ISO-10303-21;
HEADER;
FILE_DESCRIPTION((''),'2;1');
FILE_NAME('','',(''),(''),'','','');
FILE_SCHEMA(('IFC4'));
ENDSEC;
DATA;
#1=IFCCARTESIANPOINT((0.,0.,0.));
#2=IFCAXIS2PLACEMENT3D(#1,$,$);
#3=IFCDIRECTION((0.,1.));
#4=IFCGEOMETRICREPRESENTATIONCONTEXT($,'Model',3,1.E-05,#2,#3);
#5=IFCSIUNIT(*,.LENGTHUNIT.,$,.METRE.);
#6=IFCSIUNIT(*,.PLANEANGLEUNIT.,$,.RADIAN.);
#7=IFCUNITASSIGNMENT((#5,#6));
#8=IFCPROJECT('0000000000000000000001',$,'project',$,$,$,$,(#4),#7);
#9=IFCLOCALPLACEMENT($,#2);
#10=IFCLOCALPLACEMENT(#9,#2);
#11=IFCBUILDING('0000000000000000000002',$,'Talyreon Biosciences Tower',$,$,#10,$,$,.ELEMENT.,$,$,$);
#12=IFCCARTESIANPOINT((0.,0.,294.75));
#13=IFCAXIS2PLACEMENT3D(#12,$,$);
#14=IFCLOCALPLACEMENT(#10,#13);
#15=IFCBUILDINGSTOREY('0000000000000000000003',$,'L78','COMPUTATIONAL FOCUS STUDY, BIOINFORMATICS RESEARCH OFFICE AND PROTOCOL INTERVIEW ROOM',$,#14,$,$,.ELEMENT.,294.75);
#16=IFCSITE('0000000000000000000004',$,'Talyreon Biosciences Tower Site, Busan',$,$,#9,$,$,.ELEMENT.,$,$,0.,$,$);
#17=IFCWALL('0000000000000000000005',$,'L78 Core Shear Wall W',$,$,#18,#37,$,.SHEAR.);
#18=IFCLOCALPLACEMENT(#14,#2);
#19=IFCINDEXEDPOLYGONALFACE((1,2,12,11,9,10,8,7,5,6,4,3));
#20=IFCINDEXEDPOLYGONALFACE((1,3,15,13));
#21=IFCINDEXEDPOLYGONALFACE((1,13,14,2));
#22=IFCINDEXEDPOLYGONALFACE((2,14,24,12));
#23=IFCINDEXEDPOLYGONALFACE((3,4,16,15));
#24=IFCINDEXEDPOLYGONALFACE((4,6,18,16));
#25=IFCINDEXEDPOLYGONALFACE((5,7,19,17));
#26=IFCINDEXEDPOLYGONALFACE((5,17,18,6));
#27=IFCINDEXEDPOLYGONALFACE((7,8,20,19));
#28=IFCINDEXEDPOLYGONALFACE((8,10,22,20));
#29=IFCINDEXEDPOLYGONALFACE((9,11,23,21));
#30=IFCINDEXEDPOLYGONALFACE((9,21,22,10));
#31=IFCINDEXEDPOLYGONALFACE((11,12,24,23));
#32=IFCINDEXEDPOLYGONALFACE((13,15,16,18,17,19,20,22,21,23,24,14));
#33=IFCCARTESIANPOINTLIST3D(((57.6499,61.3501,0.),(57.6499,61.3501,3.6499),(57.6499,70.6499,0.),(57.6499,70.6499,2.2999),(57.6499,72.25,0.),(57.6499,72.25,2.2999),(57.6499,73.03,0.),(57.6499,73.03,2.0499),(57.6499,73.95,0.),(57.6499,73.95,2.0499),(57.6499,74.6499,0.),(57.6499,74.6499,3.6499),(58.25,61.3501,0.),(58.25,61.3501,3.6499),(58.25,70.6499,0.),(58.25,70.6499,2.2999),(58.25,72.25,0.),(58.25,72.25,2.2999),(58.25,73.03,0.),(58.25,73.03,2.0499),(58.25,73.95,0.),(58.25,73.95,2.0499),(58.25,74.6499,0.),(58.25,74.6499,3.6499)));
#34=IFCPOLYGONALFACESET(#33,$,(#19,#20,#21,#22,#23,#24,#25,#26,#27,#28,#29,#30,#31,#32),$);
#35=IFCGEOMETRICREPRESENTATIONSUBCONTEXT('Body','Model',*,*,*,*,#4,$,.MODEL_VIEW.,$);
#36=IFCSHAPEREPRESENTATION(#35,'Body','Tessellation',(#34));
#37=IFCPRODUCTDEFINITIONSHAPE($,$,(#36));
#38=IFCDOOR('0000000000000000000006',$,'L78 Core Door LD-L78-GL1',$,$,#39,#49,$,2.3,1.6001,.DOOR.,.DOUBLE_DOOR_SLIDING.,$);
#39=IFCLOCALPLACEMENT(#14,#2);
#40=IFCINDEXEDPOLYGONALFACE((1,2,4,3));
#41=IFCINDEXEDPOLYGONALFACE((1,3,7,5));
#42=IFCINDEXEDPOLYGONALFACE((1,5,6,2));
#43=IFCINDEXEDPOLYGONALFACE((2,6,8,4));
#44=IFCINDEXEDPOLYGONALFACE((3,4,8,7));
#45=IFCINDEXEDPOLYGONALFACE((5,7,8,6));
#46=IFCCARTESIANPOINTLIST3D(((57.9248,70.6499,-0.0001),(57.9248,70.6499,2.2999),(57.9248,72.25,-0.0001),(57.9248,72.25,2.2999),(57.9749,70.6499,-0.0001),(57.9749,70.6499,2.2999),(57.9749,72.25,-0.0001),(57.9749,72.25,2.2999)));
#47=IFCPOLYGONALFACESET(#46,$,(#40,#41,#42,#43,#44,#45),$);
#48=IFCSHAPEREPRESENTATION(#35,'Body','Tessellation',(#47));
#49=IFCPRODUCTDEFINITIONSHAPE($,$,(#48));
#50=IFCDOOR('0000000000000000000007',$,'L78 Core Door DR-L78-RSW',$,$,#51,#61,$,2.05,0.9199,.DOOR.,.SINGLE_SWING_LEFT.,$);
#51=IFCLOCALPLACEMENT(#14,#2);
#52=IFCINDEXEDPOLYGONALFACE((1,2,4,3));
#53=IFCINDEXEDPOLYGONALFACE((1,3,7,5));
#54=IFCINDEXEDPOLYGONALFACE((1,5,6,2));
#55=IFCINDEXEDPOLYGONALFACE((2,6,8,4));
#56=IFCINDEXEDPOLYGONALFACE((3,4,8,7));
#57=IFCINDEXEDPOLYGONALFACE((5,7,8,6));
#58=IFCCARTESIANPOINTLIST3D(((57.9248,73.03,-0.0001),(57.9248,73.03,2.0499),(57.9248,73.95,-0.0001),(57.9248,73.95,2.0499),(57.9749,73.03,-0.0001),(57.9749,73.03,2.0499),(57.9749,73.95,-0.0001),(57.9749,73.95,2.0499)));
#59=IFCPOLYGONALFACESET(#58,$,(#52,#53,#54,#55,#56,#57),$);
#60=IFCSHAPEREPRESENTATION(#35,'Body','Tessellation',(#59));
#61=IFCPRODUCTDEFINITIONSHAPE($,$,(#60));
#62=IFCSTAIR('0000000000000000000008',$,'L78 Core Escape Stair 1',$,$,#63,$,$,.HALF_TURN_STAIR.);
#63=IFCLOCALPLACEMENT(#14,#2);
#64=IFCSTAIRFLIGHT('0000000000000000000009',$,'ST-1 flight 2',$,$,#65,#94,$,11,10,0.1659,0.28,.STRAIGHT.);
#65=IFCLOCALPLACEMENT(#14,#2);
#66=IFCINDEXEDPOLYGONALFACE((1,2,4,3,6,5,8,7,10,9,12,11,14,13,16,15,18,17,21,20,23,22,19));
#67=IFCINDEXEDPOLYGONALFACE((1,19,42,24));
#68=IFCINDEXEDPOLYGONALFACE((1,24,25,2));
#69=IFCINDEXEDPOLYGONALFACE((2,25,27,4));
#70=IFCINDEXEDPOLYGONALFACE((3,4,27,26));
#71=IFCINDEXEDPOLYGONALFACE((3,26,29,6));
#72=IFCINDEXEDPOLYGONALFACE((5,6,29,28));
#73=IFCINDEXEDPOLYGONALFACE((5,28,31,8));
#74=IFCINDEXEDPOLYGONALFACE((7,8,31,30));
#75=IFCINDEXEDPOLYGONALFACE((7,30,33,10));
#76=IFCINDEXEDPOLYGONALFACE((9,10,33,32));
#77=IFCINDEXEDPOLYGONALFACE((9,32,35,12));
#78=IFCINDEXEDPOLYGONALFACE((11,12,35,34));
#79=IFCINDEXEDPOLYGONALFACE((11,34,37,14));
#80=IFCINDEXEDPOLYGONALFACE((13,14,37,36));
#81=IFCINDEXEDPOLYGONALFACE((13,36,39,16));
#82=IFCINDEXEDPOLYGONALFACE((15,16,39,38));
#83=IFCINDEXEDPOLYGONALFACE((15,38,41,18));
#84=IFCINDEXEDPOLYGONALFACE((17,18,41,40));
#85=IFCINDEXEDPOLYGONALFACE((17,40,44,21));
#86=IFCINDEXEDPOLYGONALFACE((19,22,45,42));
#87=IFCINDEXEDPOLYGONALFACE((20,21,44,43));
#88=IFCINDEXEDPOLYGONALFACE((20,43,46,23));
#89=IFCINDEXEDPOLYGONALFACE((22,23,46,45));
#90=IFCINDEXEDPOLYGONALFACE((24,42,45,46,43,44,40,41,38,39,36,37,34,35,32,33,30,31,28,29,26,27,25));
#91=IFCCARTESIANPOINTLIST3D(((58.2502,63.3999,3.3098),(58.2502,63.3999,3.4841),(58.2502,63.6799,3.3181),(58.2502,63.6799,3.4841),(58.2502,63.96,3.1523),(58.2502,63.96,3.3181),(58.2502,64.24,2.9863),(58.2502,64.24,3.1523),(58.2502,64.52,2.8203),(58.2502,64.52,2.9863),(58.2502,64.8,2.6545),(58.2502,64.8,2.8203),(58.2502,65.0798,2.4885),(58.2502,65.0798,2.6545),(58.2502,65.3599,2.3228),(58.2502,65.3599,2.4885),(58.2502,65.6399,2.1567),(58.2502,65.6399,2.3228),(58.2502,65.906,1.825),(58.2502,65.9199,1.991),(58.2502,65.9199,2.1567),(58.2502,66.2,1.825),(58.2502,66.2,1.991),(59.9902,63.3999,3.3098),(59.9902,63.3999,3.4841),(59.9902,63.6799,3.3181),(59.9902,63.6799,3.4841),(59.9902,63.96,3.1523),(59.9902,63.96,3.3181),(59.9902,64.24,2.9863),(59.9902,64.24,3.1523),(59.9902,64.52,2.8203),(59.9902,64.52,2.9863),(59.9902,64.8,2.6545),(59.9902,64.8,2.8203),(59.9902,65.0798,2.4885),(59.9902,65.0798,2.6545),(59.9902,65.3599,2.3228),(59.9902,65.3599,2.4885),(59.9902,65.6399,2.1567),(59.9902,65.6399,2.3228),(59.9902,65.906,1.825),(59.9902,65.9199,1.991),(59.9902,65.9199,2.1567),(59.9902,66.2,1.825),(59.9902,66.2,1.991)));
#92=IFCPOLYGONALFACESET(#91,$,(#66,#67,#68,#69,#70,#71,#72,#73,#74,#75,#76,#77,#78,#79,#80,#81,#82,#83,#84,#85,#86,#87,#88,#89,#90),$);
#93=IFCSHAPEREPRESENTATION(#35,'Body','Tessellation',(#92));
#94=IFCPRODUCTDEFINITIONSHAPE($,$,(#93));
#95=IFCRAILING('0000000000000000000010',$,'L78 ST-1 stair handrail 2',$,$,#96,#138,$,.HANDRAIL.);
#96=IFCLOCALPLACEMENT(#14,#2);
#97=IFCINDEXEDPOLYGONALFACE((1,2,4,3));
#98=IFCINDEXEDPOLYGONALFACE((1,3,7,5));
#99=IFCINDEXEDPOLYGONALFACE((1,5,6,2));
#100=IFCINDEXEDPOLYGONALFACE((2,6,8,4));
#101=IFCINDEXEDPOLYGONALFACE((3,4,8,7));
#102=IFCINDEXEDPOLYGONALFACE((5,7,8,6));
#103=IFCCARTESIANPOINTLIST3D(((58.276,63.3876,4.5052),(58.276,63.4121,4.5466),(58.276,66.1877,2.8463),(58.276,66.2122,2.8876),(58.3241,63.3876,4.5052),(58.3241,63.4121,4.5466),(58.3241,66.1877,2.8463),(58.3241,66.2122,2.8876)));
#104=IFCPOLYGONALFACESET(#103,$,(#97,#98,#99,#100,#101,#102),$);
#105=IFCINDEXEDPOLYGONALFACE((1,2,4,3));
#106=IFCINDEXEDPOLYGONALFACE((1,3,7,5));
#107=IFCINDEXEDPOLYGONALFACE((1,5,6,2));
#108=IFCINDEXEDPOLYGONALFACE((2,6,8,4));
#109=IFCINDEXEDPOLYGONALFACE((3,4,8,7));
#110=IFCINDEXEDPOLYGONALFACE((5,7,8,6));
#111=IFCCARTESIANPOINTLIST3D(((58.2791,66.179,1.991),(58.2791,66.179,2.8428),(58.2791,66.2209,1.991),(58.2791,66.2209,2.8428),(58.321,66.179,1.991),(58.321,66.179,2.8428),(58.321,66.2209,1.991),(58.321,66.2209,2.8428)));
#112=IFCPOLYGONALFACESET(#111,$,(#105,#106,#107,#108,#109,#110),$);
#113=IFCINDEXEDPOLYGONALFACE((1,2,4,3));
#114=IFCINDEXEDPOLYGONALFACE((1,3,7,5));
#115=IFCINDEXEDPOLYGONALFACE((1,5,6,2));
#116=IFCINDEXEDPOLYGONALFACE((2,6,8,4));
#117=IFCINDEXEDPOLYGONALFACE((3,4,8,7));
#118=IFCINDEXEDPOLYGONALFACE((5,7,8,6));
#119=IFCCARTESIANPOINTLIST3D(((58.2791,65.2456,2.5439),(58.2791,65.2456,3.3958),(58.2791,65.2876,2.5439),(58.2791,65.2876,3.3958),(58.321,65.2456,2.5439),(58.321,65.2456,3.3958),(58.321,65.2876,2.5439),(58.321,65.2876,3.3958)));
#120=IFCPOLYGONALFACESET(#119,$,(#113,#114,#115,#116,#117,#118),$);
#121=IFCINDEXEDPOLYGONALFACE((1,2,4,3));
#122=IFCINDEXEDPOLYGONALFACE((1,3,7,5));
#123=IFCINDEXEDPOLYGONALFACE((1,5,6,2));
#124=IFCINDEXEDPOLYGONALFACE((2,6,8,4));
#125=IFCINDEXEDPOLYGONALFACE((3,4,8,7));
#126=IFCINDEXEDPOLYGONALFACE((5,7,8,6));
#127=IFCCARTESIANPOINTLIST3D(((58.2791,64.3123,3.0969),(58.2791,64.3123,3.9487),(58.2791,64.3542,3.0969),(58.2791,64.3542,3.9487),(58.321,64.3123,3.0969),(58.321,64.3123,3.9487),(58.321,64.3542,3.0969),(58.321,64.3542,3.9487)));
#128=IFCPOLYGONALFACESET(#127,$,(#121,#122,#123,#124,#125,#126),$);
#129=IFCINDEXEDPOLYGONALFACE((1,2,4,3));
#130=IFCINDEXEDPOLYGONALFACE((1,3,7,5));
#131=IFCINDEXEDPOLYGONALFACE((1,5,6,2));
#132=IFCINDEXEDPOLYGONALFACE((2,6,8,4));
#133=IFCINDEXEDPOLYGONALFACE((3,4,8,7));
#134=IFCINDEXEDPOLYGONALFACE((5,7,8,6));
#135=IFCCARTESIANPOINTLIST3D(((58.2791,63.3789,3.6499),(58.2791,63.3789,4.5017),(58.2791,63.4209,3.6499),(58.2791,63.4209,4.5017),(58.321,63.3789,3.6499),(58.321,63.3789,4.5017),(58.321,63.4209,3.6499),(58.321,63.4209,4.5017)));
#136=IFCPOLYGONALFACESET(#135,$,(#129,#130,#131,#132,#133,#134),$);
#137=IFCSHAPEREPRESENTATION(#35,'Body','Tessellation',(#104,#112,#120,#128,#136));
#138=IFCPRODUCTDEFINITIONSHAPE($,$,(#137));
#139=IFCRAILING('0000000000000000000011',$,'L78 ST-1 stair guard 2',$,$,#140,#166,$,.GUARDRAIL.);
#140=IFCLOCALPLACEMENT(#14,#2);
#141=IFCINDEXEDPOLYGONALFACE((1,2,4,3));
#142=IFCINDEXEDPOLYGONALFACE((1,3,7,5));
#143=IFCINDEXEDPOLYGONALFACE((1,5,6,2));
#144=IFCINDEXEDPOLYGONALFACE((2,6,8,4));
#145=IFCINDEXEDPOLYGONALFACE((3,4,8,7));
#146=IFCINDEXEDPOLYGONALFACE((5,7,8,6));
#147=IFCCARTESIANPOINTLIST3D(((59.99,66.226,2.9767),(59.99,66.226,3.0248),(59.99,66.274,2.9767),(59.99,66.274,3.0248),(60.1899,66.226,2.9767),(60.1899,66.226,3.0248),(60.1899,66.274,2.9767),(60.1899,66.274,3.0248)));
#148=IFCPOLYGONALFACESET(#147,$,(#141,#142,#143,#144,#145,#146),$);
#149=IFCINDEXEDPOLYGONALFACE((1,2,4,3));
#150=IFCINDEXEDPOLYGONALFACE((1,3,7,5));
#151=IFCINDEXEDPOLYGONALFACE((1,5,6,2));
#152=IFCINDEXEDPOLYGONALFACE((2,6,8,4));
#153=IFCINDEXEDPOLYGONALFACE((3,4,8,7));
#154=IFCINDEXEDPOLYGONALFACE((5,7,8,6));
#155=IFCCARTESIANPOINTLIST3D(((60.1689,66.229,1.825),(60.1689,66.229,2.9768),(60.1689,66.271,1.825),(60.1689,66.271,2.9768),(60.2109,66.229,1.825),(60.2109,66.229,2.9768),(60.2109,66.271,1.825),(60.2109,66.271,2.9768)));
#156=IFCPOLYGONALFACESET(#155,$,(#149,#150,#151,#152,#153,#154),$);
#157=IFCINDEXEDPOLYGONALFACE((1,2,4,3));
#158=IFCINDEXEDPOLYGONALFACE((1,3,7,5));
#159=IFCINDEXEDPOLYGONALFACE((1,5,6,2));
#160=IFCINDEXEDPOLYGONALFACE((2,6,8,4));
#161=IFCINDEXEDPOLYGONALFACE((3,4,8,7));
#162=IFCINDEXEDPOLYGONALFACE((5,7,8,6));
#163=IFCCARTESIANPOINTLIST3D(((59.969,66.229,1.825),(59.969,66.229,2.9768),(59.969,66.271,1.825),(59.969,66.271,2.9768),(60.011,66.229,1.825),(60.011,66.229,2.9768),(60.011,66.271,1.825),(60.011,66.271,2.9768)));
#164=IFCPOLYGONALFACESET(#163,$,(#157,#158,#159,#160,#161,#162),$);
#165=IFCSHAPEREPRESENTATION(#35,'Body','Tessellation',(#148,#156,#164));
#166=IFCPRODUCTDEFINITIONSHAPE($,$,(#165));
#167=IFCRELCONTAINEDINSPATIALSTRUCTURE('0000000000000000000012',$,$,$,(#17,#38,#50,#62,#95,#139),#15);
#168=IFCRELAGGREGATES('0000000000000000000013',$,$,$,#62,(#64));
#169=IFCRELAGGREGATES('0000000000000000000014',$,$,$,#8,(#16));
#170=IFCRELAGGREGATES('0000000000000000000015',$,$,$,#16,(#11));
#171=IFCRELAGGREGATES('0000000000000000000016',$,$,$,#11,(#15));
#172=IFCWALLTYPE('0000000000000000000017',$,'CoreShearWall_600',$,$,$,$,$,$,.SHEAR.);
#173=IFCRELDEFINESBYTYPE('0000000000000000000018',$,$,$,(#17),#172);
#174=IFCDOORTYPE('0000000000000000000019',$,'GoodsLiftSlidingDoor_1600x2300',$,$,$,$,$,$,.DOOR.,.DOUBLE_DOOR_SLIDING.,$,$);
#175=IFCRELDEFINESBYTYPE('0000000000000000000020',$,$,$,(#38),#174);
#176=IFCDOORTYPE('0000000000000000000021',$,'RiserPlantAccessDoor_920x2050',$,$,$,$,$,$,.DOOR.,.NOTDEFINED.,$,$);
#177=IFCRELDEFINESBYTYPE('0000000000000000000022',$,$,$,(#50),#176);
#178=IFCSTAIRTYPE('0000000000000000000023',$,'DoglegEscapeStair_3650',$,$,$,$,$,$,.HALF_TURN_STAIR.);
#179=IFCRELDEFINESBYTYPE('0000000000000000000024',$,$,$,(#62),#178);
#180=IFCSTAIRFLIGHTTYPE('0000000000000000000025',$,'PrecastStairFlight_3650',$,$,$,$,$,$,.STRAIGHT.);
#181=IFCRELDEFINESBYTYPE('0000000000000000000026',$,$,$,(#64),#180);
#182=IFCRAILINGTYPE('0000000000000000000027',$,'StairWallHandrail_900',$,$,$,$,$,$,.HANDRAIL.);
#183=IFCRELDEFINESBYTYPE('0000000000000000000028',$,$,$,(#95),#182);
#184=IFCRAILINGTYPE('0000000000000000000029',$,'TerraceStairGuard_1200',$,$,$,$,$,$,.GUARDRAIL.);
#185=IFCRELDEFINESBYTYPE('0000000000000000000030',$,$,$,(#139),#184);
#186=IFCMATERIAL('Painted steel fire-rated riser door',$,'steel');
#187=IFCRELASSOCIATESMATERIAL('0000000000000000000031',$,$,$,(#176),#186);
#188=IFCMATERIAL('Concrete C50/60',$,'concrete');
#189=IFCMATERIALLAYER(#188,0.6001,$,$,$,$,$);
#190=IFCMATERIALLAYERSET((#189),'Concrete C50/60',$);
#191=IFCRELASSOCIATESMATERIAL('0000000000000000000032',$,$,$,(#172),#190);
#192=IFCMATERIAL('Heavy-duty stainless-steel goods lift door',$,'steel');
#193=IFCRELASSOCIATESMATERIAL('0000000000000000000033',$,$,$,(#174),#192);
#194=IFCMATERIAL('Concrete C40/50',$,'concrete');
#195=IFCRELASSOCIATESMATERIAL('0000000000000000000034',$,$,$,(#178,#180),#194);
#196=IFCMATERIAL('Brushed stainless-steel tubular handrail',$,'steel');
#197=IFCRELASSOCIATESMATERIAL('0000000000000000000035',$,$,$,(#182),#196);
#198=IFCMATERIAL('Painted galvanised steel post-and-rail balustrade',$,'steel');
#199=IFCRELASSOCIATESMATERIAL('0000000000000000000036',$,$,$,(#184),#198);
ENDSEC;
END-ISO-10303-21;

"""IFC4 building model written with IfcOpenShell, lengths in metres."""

from ifc_helpers import new_model, si_unit, direction, frame, frame_2d, origin, origin_2d, place, context, subcontext, project, spatial, polyline, rectangle, outline, extrude, material, layer, layer_set, type_object, element, fill, aggregate, save


model = new_model("IFC4")

# Units and contexts
model_context = context("Model", 3, precision=1e-05, world=origin(), true_north=direction((0.0, 1.0)))
body_context = subcontext(model_context, "Body", "Model", "MODEL_VIEW")
ifc_project = project(units=[si_unit("LENGTHUNIT", "METRE"), si_unit("PLANEANGLEUNIT", "RADIAN")], contexts=[model_context])

# Site, building, storey
site_placement = place(None, origin())
site = spatial("IfcSite", under=ifc_project, at=site_placement, Name="Talyreon Biosciences Tower Site, Busan", CompositionType="ELEMENT", RefElevation=0.0)
building_placement = place(site_placement, origin())
building = spatial("IfcBuilding", under=site, at=building_placement, Name="Talyreon Biosciences Tower", CompositionType="ELEMENT")
storey_placement = place(building_placement, frame((0.0, 0.0, 294.75)))
storey = spatial("IfcBuildingStorey", under=building, at=storey_placement, Name="L78", Description="COMPUTATIONAL FOCUS STUDY, BIOINFORMATICS RESEARCH OFFICE AND PROTOCOL INTERVIEW ROOM", CompositionType="ELEMENT", Elevation=294.75)

# Shared definitions
ifc_material_1 = material(Name="Concrete C50/60", Category="concrete")

# Shared definitions
ifc_material_2 = material(Name="Painted steel fire-rated riser door", Category="steel")
door_type_1 = type_object("IfcDoorType", Name="RiserPlantAccessDoor_920x2050", OperationType="NOTDEFINED", PredefinedType="DOOR", material=ifc_material_2)

# Shared definitions
ifc_layer_1 = layer(ifc_material_1, 0.6001)
ifc_layer_set_1 = layer_set([ifc_layer_1], Name="Concrete C50/60")
wall_type_1 = type_object("IfcWallType", Name="CoreShearWall_600", PredefinedType="SHEAR", material=ifc_layer_set_1)

# Wall, openings, doors
wall_1_placement = place(storey_placement, frame((57.95, 74.6499, 0.0), z_axis=(0.0, 0.0, 1.0), x_axis=(0.0, -1.0, 0.0)))
wall_1 = element("IfcWall", 1, at=wall_1_placement, inside=storey, type_object=wall_type_1, Name="L78 Core Shear Wall W", PredefinedType="SHEAR", context=body_context, shape_type="SweptSolid", body=[
    extrude(rectangle(XDim=13.2998, YDim=0.6001, at=frame_2d((6.6499, 0.0))), origin(), (0.0, 0.0, 1.0), 3.6499),
])
opening_1_placement = place(wall_1_placement, frame((0.7, 0.0, 0.0)))
opening_1 = element("IfcOpeningElement", 2, at=opening_1_placement, cuts=wall_1, PredefinedType="OPENING", context=body_context, shape_type="SweptSolid", body=[
    extrude(rectangle(XDim=0.9199, YDim=2.05, at=frame_2d((0.46, 1.0249))), frame((0.0, 0.3101, 0.0), z_axis=(0.0, -1.0, 0.0), x_axis=(1.0, 0.0, 0.0)), (0.0, 0.0, 1.0), 0.6201),
])
opening_2_placement = place(wall_1_placement, frame((2.3999, 0.0, 0.0)))
opening_2 = element("IfcOpeningElement", 3, at=opening_2_placement, cuts=wall_1, PredefinedType="OPENING", context=body_context, shape_type="SweptSolid", body=[
    extrude(rectangle(XDim=1.6001, YDim=2.3, at=frame_2d((0.8, 1.1499))), frame((0.0, 0.3101, 0.0), z_axis=(0.0, -1.0, 0.0), x_axis=(1.0, 0.0, 0.0)), (0.0, 0.0, 1.0), 0.6201),
])
ifc_material_3 = material(Name="Heavy-duty stainless-steel goods lift door", Category="steel")
door_type_2 = type_object("IfcDoorType", Name="GoodsLiftSlidingDoor_1600x2300", OperationType="DOUBLE_DOOR_SLIDING", PredefinedType="DOOR", material=ifc_material_3)
door_1_placement = place(opening_2_placement, origin())
door_1 = element("IfcDoor", 4, at=door_1_placement, inside=storey, type_object=door_type_2, Name="L78 Core Door LD-L78-GL1", OperationType="DOUBLE_DOOR_SLIDING", OverallHeight=2.3, OverallWidth=1.6001, PredefinedType="DOOR", context=body_context, shape_type="SweptSolid", body=[
    extrude(rectangle(XDim=1.6001, YDim=2.3, at=frame_2d((0.8, 1.1499))), frame((0.0, 0.0249, 0.0), z_axis=(0.0, -1.0, 0.0), x_axis=(1.0, 0.0, 0.0)), (0.0, 0.0, 1.0), 0.05),
])
fill(opening_2, door_1)
door_2_placement = place(opening_1_placement, origin())
door_2 = element("IfcDoor", 5, at=door_2_placement, inside=storey, type_object=door_type_1, Name="L78 Core Door DR-L78-RSW", OperationType="SINGLE_SWING_LEFT", OverallHeight=2.05, OverallWidth=0.9199, PredefinedType="DOOR", context=body_context, shape_type="SweptSolid", body=[
    extrude(rectangle(XDim=0.9199, YDim=2.05, at=frame_2d((0.46, 1.0249))), frame((0.0, 0.0249, 0.0), z_axis=(0.0, -1.0, 0.0), x_axis=(1.0, 0.0, 0.0)), (0.0, 0.0, 1.0), 0.05),
])
fill(opening_1, door_2)

# Stair, stair flight
ifc_material_4 = material(Name="Concrete C40/50", Category="concrete")
stair_type = type_object("IfcStairType", Name="DoglegEscapeStair_3650", PredefinedType="HALF_TURN_STAIR", material=ifc_material_4)
stair_placement = place(storey_placement, origin())
stair = element("IfcStair", 6, at=stair_placement, inside=storey, type_object=stair_type, Name="L78 Core Escape Stair 1", PredefinedType="HALF_TURN_STAIR")
stair_flight_type = type_object("IfcStairFlightType", Name="PrecastStairFlight_3650", PredefinedType="STRAIGHT", material=ifc_material_4)
stair_flight_placement = place(storey_placement, frame((59.1201, 66.2, 1.825), z_axis=(0.0, 0.0, 1.0), x_axis=(0.0, -1.0, 0.0)))
stair_flight = element("IfcStairFlight", 7, at=stair_flight_placement, type_object=stair_flight_type, Name="ST-1 flight 2", NumberOfRisers=11, NumberOfTreads=10, PredefinedType="STRAIGHT", RiserHeight=0.1659, TreadLength=0.28, context=body_context, shape_type="SweptSolid", body=[
    extrude(outline(polyline([(0.0, 0.0), (0.0, 0.166), (0.28, 0.166), (0.28, 0.3318), (0.5601, 0.3318), (0.5601, 0.4978), (0.8401, 0.4978), (0.8401, 0.6636), (1.1201, 0.6636), (1.1201, 0.8296), (1.3999, 0.8296), (1.3999, 0.9954), (1.6799, 0.9954), (1.6799, 1.1614), (1.96, 1.1614), (1.96, 1.3274), (2.24, 1.3274), (2.24, 1.4932), (2.52, 1.4932), (2.52, 1.6592), (2.8, 1.6592), (2.8, 1.825), (2.8, 1.4849), (0.2939, 0.0), (0.0, 0.0)])), frame((0.0, 0.8701, 0.0), z_axis=(0.0, -1.0, 0.0), x_axis=(1.0, 0.0, 0.0)), (0.0, 0.0, 1.0), 1.74),
])
aggregate(stair, [stair_flight])

# Railings
ifc_material_5 = material(Name="Brushed stainless-steel tubular handrail", Category="steel")
railing_type_1 = type_object("IfcRailingType", Name="StairWallHandrail_900", PredefinedType="HANDRAIL", material=ifc_material_5)
railing_1_placement = place(storey_placement, frame((58.3, 66.2, 1.991)))
element("IfcRailing", 8, at=railing_1_placement, inside=storey, type_object=railing_type_1, Name="L78 ST-1 stair handrail 2", PredefinedType="HANDRAIL", context=body_context, shape_type="SweptSolid", body=[
    extrude(rectangle(XDim=0.0481, YDim=0.0481, at=origin_2d()), frame((0.0, 0.0, 0.876), z_axis=(0.0, -0.860339, 0.509722), x_axis=(1.0, 0.0, 0.0)), (0.0, 0.0, 1.0), 3.2546),
    extrude(rectangle(XDim=0.042, YDim=0.042, at=origin_2d()), origin(), (0.0, 0.0, 1.0), 0.8518),
    extrude(rectangle(XDim=0.042, YDim=0.042, at=origin_2d()), frame((0.0, -0.9333, 0.553)), (0.0, 0.0, 1.0), 0.8518),
    extrude(rectangle(XDim=0.042, YDim=0.042, at=origin_2d()), frame((0.0, -1.8667, 1.106)), (0.0, 0.0, 1.0), 0.8518),
    extrude(rectangle(XDim=0.042, YDim=0.042, at=origin_2d()), frame((0.0, -2.8, 1.6589)), (0.0, 0.0, 1.0), 0.8518),
])
ifc_material_6 = material(Name="Painted galvanised steel post-and-rail balustrade", Category="steel")
railing_type_2 = type_object("IfcRailingType", Name="TerraceStairGuard_1200", PredefinedType="GUARDRAIL", material=ifc_material_6)
railing_2_placement = place(storey_placement, frame((60.1899, 66.25, 1.825)))
element("IfcRailing", 9, at=railing_2_placement, inside=storey, type_object=railing_type_2, Name="L78 ST-1 stair guard 2", PredefinedType="GUARDRAIL", context=body_context, shape_type="SweptSolid", body=[
    extrude(rectangle(XDim=0.0481, YDim=0.0481, at=origin_2d()), frame((0.0, 0.0, 1.1758), z_axis=(-1.0, 0.0, 0.0), x_axis=(0.0, -1.0, 0.0)), (0.0, 0.0, 1.0), 0.2),
    extrude(rectangle(XDim=0.042, YDim=0.042, at=origin_2d()), origin(), (0.0, 0.0, 1.0), 1.1519),
    extrude(rectangle(XDim=0.042, YDim=0.042, at=origin_2d()), frame((-0.2, 0.0, 0.0)), (0.0, 0.0, 1.0), 1.1519),
])

save(model, "model.ifc")
